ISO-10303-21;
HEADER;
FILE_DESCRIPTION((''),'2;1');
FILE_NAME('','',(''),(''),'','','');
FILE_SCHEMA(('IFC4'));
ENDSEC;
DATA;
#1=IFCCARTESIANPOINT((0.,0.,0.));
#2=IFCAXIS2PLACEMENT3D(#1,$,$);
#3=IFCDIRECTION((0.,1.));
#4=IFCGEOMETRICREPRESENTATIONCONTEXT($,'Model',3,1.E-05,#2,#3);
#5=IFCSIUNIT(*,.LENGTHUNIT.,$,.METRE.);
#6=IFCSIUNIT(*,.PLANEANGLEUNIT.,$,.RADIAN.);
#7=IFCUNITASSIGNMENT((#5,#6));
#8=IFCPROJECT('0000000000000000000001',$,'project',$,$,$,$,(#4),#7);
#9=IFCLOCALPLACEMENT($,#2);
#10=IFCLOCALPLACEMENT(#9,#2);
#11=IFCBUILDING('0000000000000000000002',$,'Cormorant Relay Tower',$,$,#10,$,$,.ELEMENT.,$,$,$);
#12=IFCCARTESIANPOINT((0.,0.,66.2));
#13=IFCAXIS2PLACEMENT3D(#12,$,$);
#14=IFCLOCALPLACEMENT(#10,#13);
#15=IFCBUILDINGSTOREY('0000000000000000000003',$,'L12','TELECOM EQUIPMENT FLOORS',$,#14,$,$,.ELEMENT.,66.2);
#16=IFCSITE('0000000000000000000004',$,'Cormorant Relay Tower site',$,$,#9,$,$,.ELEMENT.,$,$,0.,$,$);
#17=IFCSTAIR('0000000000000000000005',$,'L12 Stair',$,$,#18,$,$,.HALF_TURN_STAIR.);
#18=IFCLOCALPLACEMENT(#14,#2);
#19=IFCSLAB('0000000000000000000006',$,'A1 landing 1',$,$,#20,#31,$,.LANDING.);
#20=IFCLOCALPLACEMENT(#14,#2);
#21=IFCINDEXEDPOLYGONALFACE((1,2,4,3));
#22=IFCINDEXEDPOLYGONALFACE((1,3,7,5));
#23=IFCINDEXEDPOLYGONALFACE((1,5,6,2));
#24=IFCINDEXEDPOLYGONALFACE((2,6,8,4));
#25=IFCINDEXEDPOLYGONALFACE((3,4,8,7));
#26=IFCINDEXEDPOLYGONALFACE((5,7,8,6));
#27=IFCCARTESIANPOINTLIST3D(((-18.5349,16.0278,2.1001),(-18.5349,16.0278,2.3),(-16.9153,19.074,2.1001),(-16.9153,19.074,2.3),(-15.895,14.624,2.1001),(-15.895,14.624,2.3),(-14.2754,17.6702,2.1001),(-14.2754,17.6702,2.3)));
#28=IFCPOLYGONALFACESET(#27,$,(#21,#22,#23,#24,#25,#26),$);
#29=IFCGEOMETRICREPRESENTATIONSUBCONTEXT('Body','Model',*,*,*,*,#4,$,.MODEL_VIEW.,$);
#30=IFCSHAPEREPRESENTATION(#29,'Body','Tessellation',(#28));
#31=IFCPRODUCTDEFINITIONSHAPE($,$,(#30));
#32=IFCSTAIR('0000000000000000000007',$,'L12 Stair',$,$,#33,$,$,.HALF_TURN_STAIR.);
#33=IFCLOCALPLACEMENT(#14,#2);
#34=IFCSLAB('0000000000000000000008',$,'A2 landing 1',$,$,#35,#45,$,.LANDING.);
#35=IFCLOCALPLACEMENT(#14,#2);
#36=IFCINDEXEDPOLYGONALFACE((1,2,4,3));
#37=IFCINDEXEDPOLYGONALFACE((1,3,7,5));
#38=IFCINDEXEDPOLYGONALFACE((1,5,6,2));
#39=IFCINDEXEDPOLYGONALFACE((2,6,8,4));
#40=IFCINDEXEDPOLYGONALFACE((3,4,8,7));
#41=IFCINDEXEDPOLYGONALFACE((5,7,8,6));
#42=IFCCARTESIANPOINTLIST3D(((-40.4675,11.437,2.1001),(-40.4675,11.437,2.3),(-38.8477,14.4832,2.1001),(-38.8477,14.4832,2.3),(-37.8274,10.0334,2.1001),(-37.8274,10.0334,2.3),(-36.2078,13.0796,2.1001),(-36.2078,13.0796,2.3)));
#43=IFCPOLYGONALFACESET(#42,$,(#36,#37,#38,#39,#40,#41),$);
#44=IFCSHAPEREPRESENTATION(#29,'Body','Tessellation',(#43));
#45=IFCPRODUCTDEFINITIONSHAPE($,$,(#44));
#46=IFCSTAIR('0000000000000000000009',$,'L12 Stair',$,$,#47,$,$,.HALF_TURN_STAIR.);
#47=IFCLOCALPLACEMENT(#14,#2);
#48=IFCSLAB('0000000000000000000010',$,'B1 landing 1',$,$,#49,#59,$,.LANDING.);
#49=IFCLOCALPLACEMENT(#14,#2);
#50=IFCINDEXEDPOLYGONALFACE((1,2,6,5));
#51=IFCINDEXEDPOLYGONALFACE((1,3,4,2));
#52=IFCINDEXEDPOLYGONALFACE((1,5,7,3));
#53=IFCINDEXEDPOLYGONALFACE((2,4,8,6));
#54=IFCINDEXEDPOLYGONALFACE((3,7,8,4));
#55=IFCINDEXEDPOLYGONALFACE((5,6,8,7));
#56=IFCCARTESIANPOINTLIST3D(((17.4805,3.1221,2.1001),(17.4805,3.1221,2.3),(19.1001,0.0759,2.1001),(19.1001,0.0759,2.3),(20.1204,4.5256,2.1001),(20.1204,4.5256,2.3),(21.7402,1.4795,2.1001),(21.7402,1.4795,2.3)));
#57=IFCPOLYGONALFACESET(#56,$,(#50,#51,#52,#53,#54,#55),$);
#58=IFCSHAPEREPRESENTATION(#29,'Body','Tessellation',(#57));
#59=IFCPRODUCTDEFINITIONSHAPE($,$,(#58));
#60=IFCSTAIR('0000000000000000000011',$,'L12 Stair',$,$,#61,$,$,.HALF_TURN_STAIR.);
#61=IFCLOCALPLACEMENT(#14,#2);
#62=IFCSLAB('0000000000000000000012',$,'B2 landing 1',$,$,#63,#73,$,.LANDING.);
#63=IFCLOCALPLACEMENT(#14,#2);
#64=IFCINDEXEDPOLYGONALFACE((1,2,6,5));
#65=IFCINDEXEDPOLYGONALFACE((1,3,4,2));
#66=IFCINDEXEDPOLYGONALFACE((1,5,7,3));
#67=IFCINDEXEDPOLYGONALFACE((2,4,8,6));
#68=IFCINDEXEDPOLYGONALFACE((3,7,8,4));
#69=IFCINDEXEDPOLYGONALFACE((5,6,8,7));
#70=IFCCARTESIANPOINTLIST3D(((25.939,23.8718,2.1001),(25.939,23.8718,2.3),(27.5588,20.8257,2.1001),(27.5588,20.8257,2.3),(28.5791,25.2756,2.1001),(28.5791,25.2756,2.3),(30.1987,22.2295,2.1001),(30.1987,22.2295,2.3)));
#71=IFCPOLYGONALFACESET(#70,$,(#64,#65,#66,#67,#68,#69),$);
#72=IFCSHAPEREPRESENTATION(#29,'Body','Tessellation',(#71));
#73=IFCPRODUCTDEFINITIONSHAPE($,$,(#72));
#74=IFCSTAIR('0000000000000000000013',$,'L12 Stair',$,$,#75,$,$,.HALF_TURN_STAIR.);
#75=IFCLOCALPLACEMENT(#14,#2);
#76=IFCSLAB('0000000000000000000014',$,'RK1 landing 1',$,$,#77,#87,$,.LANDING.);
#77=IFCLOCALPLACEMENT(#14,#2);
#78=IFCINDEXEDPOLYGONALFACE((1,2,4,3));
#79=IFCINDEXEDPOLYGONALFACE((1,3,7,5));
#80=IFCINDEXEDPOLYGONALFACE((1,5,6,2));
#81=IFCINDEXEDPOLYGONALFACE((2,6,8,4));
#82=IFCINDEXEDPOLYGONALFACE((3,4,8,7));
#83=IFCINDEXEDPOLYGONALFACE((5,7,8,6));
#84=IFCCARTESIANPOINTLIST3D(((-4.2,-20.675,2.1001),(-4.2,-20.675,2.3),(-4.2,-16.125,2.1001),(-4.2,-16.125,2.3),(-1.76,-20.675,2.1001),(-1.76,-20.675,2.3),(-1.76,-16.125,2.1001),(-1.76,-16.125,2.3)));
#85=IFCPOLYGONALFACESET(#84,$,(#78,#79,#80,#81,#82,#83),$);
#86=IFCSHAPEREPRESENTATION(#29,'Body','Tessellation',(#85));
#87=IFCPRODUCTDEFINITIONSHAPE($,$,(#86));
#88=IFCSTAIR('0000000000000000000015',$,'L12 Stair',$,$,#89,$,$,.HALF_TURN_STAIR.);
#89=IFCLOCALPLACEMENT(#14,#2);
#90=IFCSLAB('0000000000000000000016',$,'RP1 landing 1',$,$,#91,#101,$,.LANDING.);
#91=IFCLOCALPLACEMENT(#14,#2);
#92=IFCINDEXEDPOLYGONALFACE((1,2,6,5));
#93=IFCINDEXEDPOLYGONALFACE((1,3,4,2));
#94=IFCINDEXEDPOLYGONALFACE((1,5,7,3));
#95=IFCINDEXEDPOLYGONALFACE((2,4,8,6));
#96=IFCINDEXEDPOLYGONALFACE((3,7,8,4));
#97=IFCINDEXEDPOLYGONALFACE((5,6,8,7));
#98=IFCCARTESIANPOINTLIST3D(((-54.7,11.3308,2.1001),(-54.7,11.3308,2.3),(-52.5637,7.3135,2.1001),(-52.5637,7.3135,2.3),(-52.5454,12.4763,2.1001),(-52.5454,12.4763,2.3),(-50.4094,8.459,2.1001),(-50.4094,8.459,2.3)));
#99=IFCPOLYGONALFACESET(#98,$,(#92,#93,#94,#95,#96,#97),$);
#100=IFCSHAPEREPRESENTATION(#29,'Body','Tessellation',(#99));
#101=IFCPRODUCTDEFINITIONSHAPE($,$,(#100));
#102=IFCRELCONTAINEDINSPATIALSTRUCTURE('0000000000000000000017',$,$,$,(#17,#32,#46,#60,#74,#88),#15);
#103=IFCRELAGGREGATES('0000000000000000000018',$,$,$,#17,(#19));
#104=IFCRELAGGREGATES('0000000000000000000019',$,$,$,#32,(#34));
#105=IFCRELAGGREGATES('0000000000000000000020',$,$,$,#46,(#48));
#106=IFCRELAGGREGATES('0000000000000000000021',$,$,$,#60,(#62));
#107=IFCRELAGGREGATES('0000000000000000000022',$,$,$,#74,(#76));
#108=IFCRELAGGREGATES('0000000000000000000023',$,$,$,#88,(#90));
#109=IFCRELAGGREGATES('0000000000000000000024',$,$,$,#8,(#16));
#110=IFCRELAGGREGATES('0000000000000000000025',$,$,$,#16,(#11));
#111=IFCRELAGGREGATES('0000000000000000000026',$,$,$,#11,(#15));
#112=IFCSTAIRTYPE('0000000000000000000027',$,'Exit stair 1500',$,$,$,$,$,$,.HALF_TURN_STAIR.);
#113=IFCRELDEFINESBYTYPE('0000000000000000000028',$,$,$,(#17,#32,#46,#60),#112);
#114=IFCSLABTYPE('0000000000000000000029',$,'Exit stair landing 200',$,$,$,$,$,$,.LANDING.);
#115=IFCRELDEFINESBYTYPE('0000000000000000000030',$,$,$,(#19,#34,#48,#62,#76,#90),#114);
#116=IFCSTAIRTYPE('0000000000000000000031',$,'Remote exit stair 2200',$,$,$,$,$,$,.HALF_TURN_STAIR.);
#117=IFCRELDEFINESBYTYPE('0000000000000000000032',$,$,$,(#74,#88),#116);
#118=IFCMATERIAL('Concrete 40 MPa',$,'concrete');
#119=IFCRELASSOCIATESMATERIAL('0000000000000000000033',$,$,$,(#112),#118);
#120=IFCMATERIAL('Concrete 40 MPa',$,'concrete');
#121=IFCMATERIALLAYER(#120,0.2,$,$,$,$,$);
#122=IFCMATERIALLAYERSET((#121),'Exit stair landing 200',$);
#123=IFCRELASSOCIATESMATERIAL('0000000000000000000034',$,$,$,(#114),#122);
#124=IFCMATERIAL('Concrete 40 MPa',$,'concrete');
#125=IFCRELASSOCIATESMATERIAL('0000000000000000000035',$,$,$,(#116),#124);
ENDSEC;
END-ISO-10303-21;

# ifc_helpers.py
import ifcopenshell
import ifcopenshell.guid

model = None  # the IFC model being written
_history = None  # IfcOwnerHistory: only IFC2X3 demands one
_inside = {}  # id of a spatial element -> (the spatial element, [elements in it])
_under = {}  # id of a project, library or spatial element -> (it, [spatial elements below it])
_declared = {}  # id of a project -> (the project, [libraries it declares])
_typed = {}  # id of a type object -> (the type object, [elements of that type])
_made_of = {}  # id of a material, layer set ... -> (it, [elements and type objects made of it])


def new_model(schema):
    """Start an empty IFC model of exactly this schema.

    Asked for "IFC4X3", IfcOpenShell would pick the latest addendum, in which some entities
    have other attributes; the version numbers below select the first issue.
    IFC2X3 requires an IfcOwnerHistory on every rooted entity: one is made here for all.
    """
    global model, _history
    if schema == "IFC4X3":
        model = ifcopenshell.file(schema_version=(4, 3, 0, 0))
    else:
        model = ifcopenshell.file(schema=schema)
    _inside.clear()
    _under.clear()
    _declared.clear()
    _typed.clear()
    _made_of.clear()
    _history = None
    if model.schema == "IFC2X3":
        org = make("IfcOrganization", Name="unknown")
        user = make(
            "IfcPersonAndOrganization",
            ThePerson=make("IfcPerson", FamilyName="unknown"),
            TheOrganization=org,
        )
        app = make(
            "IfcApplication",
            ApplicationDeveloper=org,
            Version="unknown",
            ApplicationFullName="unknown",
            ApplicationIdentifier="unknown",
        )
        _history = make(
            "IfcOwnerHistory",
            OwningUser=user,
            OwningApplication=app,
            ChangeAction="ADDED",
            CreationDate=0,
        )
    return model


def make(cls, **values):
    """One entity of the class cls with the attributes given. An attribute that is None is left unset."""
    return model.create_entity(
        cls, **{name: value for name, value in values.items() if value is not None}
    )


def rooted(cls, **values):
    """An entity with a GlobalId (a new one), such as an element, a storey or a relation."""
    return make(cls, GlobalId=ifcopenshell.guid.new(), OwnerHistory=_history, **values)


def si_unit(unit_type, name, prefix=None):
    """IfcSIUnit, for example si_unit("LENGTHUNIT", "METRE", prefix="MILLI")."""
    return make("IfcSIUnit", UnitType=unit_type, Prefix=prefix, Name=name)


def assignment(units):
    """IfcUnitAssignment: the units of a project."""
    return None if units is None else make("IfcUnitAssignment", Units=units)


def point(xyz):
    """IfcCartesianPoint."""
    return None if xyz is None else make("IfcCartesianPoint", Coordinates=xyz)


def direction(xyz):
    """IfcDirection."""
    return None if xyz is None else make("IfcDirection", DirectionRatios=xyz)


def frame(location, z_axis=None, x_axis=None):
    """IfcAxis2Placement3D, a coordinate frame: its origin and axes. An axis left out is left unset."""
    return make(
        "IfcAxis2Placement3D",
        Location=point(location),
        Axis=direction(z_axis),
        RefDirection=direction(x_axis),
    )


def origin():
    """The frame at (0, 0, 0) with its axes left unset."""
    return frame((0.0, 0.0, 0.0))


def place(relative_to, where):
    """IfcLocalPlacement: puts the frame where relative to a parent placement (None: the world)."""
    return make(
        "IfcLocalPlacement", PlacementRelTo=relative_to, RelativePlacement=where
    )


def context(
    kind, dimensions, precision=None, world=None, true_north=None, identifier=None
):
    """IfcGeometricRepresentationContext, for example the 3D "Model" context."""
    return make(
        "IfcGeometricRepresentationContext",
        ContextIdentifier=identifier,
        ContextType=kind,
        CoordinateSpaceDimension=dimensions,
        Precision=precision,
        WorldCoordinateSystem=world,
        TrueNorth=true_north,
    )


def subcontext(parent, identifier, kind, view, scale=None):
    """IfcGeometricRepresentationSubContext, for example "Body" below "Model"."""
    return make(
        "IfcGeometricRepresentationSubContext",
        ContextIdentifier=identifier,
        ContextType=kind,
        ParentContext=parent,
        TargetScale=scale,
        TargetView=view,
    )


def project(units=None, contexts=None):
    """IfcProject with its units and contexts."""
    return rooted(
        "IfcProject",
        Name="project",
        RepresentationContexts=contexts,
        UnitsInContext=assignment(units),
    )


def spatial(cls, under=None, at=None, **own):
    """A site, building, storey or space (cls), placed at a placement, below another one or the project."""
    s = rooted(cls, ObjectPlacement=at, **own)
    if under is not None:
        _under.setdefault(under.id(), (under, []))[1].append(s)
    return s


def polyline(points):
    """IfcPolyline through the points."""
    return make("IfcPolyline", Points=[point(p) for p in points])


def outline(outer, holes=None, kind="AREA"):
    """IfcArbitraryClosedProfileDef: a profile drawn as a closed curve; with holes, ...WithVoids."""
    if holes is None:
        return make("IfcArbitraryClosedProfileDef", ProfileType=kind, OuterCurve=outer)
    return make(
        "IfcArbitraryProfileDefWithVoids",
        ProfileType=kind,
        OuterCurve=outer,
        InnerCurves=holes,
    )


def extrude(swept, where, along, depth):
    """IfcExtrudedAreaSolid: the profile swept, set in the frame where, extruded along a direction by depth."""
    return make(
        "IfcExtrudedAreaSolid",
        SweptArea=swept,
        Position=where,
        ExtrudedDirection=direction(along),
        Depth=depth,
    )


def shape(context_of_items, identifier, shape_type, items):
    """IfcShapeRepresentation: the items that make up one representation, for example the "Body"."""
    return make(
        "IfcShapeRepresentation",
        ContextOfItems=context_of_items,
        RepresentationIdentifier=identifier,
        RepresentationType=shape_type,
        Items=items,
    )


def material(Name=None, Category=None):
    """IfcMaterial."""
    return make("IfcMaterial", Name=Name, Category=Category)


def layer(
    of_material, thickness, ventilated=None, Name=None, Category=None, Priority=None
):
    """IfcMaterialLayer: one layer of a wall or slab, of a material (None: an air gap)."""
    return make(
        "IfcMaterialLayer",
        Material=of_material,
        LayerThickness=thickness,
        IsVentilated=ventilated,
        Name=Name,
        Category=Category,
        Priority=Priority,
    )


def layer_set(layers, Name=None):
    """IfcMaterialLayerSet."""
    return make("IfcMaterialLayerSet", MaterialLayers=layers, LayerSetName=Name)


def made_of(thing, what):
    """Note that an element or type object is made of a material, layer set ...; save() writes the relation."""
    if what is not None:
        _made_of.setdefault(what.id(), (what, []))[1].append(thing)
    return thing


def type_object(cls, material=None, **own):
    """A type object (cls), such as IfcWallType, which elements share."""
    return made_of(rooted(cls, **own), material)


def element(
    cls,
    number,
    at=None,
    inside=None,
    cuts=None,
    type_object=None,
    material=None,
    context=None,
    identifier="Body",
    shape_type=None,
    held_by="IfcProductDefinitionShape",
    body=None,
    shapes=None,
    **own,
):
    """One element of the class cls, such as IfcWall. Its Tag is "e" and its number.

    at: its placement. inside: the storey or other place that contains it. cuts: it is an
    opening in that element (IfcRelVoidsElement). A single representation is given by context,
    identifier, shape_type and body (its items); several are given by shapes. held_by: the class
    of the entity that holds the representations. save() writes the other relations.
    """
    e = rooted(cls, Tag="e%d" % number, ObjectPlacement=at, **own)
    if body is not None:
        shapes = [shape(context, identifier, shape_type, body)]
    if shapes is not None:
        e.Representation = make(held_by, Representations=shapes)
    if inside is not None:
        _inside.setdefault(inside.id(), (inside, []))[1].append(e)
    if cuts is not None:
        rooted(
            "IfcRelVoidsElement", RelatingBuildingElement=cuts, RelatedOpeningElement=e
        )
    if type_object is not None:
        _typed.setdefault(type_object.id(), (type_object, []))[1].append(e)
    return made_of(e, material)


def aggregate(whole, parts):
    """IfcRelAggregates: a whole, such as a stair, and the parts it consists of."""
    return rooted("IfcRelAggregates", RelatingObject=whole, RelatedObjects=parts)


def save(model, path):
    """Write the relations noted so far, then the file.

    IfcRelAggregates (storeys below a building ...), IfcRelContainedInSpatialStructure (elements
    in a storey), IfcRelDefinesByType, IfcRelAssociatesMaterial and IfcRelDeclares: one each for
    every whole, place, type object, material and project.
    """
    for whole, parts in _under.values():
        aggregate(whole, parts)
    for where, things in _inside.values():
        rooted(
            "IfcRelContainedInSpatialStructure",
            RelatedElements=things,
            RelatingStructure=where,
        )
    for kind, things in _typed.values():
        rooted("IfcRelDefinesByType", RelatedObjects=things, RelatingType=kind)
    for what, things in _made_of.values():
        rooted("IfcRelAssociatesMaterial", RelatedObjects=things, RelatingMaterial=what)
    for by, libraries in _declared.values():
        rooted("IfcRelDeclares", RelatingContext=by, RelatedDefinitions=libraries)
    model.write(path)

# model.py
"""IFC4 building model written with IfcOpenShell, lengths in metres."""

from ifc_helpers import new_model, si_unit, direction, frame, origin, place, context, subcontext, project, spatial, polyline, outline, extrude, material, layer, layer_set, type_object, element, aggregate, save


model = new_model("IFC4")

# Units and contexts
model_context = context("Model", 3, precision=1e-05, world=origin(), true_north=direction((0.0, 1.0)))
body_context = subcontext(model_context, "Body", "Model", "MODEL_VIEW")
ifc_project = project(units=[si_unit("LENGTHUNIT", "METRE"), si_unit("PLANEANGLEUNIT", "RADIAN")], contexts=[model_context])

# Site, building, storey
site_placement = place(None, origin())
site = spatial("IfcSite", under=ifc_project, at=site_placement, Name="Cormorant Relay Tower site", CompositionType="ELEMENT", RefElevation=0.0)
building_placement = place(site_placement, origin())
building = spatial("IfcBuilding", under=site, at=building_placement, Name="Cormorant Relay Tower", CompositionType="ELEMENT")
storey_placement = place(building_placement, frame((0.0, 0.0, 66.2)))
storey = spatial("IfcBuildingStorey", under=building, at=storey_placement, Name="L12", Description="TELECOM EQUIPMENT FLOORS", CompositionType="ELEMENT", Elevation=66.2)

# Stairs, slabs
ifc_material_1 = material(Name="Concrete 40 MPa", Category="concrete")
stair_type_1 = type_object("IfcStairType", Name="Exit stair 1500", PredefinedType="HALF_TURN_STAIR", material=ifc_material_1)
stair_1_placement = place(storey_placement, origin())
stair_1 = element("IfcStair", 1, at=stair_1_placement, inside=storey, type_object=stair_type_1, Name="L12 Stair", PredefinedType="HALF_TURN_STAIR")
ifc_material_2 = material(Name="Concrete 40 MPa", Category="concrete")
ifc_layer_1 = layer(ifc_material_2, 0.2)
ifc_layer_set_1 = layer_set([ifc_layer_1], Name="Exit stair landing 200")
slab_type_1 = type_object("IfcSlabType", Name="Exit stair landing 200", PredefinedType="LANDING", material=ifc_layer_set_1)
slab_1_placement = place(storey_placement, frame((0.0, 0.0, 2.1001)))
slab_1 = element("IfcSlab", 2, at=slab_1_placement, type_object=slab_type_1, Name="A1 landing 1", PredefinedType="LANDING", context=body_context, shape_type="SweptSolid", body=[
    extrude(outline(polyline([(-18.5349, 16.0278), (-15.895, 14.624), (-14.2754, 17.6702), (-16.9153, 19.074), (-18.5349, 16.0278)])), origin(), (0.0, 0.0, 1.0), 0.2),
])
aggregate(stair_1, [slab_1])
stair_2_placement = place(storey_placement, origin())
stair_2 = element("IfcStair", 3, at=stair_2_placement, inside=storey, type_object=stair_type_1, Name="L12 Stair", PredefinedType="HALF_TURN_STAIR")
slab_2_placement = place(storey_placement, frame((0.0, 0.0, 2.1001)))
slab_2 = element("IfcSlab", 4, at=slab_2_placement, type_object=slab_type_1, Name="A2 landing 1", PredefinedType="LANDING", context=body_context, shape_type="SweptSolid", body=[
    extrude(outline(polyline([(-36.2078, 13.0796), (-38.8477, 14.4832), (-40.4675, 11.437), (-37.8274, 10.0334), (-36.2078, 13.0796)])), origin(), (0.0, 0.0, 1.0), 0.2),
])
aggregate(stair_2, [slab_2])
stair_3_placement = place(storey_placement, origin())
stair_3 = element("IfcStair", 5, at=stair_3_placement, inside=storey, type_object=stair_type_1, Name="L12 Stair", PredefinedType="HALF_TURN_STAIR")
slab_3_placement = place(storey_placement, frame((0.0, 0.0, 2.1001)))
slab_3 = element("IfcSlab", 6, at=slab_3_placement, type_object=slab_type_1, Name="B1 landing 1", PredefinedType="LANDING", context=body_context, shape_type="SweptSolid", body=[
    extrude(outline(polyline([(20.1204, 4.5256), (17.4805, 3.1221), (19.1001, 0.0759), (21.7402, 1.4795), (20.1204, 4.5256)])), origin(), (0.0, 0.0, 1.0), 0.2),
])
aggregate(stair_3, [slab_3])
stair_4_placement = place(storey_placement, origin())
stair_4 = element("IfcStair", 7, at=stair_4_placement, inside=storey, type_object=stair_type_1, Name="L12 Stair", PredefinedType="HALF_TURN_STAIR")
slab_4_placement = place(storey_placement, frame((0.0, 0.0, 2.1001)))
slab_4 = element("IfcSlab", 8, at=slab_4_placement, type_object=slab_type_1, Name="B2 landing 1", PredefinedType="LANDING", context=body_context, shape_type="SweptSolid", body=[
    extrude(outline(polyline([(27.5588, 20.8257), (30.1987, 22.2295), (28.5791, 25.2756), (25.939, 23.8718), (27.5588, 20.8257)])), origin(), (0.0, 0.0, 1.0), 0.2),
])
aggregate(stair_4, [slab_4])
ifc_material_3 = material(Name="Concrete 40 MPa", Category="concrete")
stair_type_2 = type_object("IfcStairType", Name="Remote exit stair 2200", PredefinedType="HALF_TURN_STAIR", material=ifc_material_3)
stair_5_placement = place(storey_placement, origin())
stair_5 = element("IfcStair", 9, at=stair_5_placement, inside=storey, type_object=stair_type_2, Name="L12 Stair", PredefinedType="HALF_TURN_STAIR")
slab_5_placement = place(storey_placement, frame((0.0, 0.0, 2.1001)))
slab_5 = element("IfcSlab", 10, at=slab_5_placement, type_object=slab_type_1, Name="RK1 landing 1", PredefinedType="LANDING", context=body_context, shape_type="SweptSolid", body=[
    extrude(outline(polyline([(-1.76, -16.125), (-4.2, -16.125), (-4.2, -20.675), (-1.76, -20.675), (-1.76, -16.125)])), origin(), (0.0, 0.0, 1.0), 0.2),
])
aggregate(stair_5, [slab_5])
stair_6_placement = place(storey_placement, origin())
stair_6 = element("IfcStair", 11, at=stair_6_placement, inside=storey, type_object=stair_type_2, Name="L12 Stair", PredefinedType="HALF_TURN_STAIR")
slab_6_placement = place(storey_placement, frame((0.0, 0.0, 2.1001)))
slab_6 = element("IfcSlab", 12, at=slab_6_placement, type_object=slab_type_1, Name="RP1 landing 1", PredefinedType="LANDING", context=body_context, shape_type="SweptSolid", body=[
    extrude(outline(polyline([(-52.5454, 12.4763), (-54.7, 11.3308), (-52.5637, 7.3135), (-50.4094, 8.459), (-52.5454, 12.4763)])), origin(), (0.0, 0.0, 1.0), 0.2),
])
aggregate(stair_6, [slab_6])

save(model, "model.ifc")
